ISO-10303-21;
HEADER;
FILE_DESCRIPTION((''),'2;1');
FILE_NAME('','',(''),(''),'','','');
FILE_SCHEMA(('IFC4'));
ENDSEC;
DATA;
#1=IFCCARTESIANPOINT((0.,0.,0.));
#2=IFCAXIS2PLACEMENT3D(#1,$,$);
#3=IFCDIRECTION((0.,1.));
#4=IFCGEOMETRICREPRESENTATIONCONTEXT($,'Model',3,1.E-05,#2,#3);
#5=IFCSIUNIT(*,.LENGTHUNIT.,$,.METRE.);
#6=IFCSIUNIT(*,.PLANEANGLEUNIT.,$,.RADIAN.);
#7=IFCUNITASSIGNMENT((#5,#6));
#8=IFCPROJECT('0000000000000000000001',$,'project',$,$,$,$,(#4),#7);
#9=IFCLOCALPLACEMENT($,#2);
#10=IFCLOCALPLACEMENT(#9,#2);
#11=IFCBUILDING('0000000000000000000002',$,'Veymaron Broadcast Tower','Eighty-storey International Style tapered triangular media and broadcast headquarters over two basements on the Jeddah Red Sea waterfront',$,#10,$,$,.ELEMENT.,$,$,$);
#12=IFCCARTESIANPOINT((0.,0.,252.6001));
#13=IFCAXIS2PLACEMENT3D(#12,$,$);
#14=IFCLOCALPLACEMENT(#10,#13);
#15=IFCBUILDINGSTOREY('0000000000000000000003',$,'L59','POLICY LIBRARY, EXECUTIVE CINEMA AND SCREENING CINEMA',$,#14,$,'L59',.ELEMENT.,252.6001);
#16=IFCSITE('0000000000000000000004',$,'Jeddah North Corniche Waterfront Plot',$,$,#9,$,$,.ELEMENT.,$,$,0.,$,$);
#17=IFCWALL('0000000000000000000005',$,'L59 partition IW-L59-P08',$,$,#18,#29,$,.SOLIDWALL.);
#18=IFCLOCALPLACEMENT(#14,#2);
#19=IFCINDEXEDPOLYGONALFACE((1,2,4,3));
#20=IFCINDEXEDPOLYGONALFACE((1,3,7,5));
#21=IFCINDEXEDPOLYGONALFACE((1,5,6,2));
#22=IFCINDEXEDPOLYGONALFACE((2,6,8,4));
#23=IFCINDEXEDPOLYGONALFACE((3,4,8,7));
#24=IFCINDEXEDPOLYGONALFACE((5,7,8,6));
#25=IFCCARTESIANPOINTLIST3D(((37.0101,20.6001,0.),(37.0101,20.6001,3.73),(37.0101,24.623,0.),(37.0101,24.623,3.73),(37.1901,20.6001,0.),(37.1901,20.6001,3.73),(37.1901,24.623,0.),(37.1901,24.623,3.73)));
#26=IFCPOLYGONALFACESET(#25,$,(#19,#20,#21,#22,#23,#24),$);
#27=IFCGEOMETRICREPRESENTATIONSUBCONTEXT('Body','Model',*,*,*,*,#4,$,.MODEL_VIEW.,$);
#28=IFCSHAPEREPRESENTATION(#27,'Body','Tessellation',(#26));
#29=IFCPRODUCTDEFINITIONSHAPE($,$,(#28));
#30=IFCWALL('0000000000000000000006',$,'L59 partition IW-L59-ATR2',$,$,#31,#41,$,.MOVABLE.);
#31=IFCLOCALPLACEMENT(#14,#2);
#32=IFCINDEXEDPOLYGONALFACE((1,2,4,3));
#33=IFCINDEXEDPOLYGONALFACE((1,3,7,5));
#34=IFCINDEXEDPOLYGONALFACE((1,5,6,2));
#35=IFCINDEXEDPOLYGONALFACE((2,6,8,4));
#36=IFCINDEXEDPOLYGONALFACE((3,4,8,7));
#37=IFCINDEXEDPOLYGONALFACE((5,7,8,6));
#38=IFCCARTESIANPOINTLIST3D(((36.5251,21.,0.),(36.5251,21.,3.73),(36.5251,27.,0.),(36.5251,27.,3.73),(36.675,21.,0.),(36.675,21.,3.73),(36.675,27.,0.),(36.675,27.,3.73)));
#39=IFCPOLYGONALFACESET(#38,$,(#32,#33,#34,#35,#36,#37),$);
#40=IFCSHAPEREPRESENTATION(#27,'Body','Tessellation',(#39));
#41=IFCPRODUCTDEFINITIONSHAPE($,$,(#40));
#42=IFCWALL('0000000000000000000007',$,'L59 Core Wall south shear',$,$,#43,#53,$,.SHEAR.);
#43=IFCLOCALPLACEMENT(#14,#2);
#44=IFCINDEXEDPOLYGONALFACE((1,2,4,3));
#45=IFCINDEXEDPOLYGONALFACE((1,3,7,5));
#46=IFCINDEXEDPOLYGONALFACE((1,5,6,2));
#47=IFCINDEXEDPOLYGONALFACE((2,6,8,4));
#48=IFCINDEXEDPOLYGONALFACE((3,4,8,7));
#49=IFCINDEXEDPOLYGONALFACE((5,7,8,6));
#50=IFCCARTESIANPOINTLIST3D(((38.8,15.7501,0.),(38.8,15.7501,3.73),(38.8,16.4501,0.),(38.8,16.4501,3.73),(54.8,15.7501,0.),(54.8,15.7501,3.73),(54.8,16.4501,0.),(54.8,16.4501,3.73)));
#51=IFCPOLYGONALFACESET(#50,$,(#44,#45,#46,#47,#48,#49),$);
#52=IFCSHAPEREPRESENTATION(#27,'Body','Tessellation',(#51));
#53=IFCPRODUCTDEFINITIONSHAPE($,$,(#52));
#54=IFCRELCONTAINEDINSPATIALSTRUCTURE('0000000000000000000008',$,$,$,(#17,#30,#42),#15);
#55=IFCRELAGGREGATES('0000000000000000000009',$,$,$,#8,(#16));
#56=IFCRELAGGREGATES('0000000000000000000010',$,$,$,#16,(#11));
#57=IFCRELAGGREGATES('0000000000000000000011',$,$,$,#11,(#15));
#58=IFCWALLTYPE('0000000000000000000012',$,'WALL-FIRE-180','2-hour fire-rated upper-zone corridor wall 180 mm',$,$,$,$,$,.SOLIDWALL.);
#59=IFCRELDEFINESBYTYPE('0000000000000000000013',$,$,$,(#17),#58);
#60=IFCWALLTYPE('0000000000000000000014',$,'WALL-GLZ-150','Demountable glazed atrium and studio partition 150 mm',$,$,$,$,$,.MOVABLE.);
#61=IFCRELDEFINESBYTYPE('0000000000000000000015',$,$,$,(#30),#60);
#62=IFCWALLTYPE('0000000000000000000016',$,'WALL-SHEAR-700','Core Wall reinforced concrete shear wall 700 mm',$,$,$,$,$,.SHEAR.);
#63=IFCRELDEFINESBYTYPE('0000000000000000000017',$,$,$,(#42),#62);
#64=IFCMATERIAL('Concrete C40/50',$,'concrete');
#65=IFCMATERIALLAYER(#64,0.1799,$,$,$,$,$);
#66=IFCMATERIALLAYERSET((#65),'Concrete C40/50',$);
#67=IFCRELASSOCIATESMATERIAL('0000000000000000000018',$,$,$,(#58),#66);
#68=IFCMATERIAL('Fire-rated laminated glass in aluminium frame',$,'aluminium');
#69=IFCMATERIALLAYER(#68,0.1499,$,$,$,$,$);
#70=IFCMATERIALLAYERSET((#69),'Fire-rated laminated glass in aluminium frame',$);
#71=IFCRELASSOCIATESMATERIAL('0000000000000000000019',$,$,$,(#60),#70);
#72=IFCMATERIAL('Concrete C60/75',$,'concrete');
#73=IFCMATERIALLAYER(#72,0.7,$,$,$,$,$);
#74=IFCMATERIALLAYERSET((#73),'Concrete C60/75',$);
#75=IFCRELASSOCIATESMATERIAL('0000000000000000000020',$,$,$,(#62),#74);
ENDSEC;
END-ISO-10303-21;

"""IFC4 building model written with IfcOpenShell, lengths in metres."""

from ifc_helpers import new_model, si_unit, direction, frame, frame_2d, origin, place, context, subcontext, project, spatial, rectangle, extrude, material, layer, layer_set, type_object, element, save


model = new_model("IFC4")

# Units and contexts
model_context = context("Model", 3, precision=1e-05, world=origin(), true_north=direction((0.0, 1.0)))
body_context = subcontext(model_context, "Body", "Model", "MODEL_VIEW")
ifc_project = project(units=[si_unit("LENGTHUNIT", "METRE"), si_unit("PLANEANGLEUNIT", "RADIAN")], contexts=[model_context])

# Site, building, storey
site_placement = place(None, origin())
site = spatial("IfcSite", under=ifc_project, at=site_placement, Name="Jeddah North Corniche Waterfront Plot", CompositionType="ELEMENT", RefElevation=0.0)
building_placement = place(site_placement, origin())
building = spatial("IfcBuilding", under=site, at=building_placement, Name="Veymaron Broadcast Tower", Description="Eighty-storey International Style tapered triangular media and broadcast headquarters over two basements on the Jeddah Red Sea waterfront", CompositionType="ELEMENT")
storey_placement = place(building_placement, frame((0.0, 0.0, 252.6001)))
storey = spatial("IfcBuildingStorey", under=building, at=storey_placement, Name="L59", Description="POLICY LIBRARY, EXECUTIVE CINEMA AND SCREENING CINEMA", LongName="L59", CompositionType="ELEMENT", Elevation=252.6001)

# Walls
ifc_material_1 = material(Name="Concrete C40/50", Category="concrete")
ifc_layer_1 = layer(ifc_material_1, 0.1799)
ifc_layer_set_1 = layer_set([ifc_layer_1], Name="Concrete C40/50")
wall_type_1 = type_object("IfcWallType", Name="WALL-FIRE-180", Description="2-hour fire-rated upper-zone corridor wall 180 mm", PredefinedType="SOLIDWALL", material=ifc_layer_set_1)
wall_1_placement = place(storey_placement, frame((37.1001, 20.6001, 0.0), z_axis=(0.0, 0.0, 1.0), x_axis=(0.0, 1.0, 0.0)))
element("IfcWall", 1, at=wall_1_placement, inside=storey, type_object=wall_type_1, Name="L59 partition IW-L59-P08", PredefinedType="SOLIDWALL", context=body_context, shape_type="SweptSolid", body=[
    extrude(rectangle(XDim=4.0229, YDim=0.1799, at=frame_2d((2.0115, 0.0))), origin(), (0.0, 0.0, 1.0), 3.73),
])
ifc_material_2 = material(Name="Fire-rated laminated glass in aluminium frame", Category="aluminium")
ifc_layer_2 = layer(ifc_material_2, 0.1499)
ifc_layer_set_2 = layer_set([ifc_layer_2], Name="Fire-rated laminated glass in aluminium frame")
wall_type_2 = type_object("IfcWallType", Name="WALL-GLZ-150", Description="Demountable glazed atrium and studio partition 150 mm", PredefinedType="MOVABLE", material=ifc_layer_set_2)
wall_2_placement = place(storey_placement, frame((36.6001, 21.0, 0.0), z_axis=(0.0, 0.0, 1.0), x_axis=(0.0, 1.0, 0.0)))
element("IfcWall", 2, at=wall_2_placement, inside=storey, type_object=wall_type_2, Name="L59 partition IW-L59-ATR2", PredefinedType="MOVABLE", context=body_context, shape_type="SweptSolid", body=[
    extrude(rectangle(XDim=6.0, YDim=0.1499, at=frame_2d((3.0, 0.0))), origin(), (0.0, 0.0, 1.0), 3.73),
])
ifc_material_3 = material(Name="Concrete C60/75", Category="concrete")
ifc_layer_3 = layer(ifc_material_3, 0.7)
ifc_layer_set_3 = layer_set([ifc_layer_3], Name="Concrete C60/75")
wall_type_3 = type_object("IfcWallType", Name="WALL-SHEAR-700", Description="Core Wall reinforced concrete shear wall 700 mm", PredefinedType="SHEAR", material=ifc_layer_set_3)
wall_3_placement = place(storey_placement, frame((38.8, 16.1001, 0.0), z_axis=(0.0, 0.0, 1.0), x_axis=(1.0, 0.0, 0.0)))
element("IfcWall", 3, at=wall_3_placement, inside=storey, type_object=wall_type_3, Name="L59 Core Wall south shear", PredefinedType="SHEAR", context=body_context, shape_type="SweptSolid", body=[
    extrude(rectangle(XDim=16.0, YDim=0.7, at=frame_2d((8.0, 0.0))), origin(), (0.0, 0.0, 1.0), 3.73),
])

save(model, "model.ifc")
